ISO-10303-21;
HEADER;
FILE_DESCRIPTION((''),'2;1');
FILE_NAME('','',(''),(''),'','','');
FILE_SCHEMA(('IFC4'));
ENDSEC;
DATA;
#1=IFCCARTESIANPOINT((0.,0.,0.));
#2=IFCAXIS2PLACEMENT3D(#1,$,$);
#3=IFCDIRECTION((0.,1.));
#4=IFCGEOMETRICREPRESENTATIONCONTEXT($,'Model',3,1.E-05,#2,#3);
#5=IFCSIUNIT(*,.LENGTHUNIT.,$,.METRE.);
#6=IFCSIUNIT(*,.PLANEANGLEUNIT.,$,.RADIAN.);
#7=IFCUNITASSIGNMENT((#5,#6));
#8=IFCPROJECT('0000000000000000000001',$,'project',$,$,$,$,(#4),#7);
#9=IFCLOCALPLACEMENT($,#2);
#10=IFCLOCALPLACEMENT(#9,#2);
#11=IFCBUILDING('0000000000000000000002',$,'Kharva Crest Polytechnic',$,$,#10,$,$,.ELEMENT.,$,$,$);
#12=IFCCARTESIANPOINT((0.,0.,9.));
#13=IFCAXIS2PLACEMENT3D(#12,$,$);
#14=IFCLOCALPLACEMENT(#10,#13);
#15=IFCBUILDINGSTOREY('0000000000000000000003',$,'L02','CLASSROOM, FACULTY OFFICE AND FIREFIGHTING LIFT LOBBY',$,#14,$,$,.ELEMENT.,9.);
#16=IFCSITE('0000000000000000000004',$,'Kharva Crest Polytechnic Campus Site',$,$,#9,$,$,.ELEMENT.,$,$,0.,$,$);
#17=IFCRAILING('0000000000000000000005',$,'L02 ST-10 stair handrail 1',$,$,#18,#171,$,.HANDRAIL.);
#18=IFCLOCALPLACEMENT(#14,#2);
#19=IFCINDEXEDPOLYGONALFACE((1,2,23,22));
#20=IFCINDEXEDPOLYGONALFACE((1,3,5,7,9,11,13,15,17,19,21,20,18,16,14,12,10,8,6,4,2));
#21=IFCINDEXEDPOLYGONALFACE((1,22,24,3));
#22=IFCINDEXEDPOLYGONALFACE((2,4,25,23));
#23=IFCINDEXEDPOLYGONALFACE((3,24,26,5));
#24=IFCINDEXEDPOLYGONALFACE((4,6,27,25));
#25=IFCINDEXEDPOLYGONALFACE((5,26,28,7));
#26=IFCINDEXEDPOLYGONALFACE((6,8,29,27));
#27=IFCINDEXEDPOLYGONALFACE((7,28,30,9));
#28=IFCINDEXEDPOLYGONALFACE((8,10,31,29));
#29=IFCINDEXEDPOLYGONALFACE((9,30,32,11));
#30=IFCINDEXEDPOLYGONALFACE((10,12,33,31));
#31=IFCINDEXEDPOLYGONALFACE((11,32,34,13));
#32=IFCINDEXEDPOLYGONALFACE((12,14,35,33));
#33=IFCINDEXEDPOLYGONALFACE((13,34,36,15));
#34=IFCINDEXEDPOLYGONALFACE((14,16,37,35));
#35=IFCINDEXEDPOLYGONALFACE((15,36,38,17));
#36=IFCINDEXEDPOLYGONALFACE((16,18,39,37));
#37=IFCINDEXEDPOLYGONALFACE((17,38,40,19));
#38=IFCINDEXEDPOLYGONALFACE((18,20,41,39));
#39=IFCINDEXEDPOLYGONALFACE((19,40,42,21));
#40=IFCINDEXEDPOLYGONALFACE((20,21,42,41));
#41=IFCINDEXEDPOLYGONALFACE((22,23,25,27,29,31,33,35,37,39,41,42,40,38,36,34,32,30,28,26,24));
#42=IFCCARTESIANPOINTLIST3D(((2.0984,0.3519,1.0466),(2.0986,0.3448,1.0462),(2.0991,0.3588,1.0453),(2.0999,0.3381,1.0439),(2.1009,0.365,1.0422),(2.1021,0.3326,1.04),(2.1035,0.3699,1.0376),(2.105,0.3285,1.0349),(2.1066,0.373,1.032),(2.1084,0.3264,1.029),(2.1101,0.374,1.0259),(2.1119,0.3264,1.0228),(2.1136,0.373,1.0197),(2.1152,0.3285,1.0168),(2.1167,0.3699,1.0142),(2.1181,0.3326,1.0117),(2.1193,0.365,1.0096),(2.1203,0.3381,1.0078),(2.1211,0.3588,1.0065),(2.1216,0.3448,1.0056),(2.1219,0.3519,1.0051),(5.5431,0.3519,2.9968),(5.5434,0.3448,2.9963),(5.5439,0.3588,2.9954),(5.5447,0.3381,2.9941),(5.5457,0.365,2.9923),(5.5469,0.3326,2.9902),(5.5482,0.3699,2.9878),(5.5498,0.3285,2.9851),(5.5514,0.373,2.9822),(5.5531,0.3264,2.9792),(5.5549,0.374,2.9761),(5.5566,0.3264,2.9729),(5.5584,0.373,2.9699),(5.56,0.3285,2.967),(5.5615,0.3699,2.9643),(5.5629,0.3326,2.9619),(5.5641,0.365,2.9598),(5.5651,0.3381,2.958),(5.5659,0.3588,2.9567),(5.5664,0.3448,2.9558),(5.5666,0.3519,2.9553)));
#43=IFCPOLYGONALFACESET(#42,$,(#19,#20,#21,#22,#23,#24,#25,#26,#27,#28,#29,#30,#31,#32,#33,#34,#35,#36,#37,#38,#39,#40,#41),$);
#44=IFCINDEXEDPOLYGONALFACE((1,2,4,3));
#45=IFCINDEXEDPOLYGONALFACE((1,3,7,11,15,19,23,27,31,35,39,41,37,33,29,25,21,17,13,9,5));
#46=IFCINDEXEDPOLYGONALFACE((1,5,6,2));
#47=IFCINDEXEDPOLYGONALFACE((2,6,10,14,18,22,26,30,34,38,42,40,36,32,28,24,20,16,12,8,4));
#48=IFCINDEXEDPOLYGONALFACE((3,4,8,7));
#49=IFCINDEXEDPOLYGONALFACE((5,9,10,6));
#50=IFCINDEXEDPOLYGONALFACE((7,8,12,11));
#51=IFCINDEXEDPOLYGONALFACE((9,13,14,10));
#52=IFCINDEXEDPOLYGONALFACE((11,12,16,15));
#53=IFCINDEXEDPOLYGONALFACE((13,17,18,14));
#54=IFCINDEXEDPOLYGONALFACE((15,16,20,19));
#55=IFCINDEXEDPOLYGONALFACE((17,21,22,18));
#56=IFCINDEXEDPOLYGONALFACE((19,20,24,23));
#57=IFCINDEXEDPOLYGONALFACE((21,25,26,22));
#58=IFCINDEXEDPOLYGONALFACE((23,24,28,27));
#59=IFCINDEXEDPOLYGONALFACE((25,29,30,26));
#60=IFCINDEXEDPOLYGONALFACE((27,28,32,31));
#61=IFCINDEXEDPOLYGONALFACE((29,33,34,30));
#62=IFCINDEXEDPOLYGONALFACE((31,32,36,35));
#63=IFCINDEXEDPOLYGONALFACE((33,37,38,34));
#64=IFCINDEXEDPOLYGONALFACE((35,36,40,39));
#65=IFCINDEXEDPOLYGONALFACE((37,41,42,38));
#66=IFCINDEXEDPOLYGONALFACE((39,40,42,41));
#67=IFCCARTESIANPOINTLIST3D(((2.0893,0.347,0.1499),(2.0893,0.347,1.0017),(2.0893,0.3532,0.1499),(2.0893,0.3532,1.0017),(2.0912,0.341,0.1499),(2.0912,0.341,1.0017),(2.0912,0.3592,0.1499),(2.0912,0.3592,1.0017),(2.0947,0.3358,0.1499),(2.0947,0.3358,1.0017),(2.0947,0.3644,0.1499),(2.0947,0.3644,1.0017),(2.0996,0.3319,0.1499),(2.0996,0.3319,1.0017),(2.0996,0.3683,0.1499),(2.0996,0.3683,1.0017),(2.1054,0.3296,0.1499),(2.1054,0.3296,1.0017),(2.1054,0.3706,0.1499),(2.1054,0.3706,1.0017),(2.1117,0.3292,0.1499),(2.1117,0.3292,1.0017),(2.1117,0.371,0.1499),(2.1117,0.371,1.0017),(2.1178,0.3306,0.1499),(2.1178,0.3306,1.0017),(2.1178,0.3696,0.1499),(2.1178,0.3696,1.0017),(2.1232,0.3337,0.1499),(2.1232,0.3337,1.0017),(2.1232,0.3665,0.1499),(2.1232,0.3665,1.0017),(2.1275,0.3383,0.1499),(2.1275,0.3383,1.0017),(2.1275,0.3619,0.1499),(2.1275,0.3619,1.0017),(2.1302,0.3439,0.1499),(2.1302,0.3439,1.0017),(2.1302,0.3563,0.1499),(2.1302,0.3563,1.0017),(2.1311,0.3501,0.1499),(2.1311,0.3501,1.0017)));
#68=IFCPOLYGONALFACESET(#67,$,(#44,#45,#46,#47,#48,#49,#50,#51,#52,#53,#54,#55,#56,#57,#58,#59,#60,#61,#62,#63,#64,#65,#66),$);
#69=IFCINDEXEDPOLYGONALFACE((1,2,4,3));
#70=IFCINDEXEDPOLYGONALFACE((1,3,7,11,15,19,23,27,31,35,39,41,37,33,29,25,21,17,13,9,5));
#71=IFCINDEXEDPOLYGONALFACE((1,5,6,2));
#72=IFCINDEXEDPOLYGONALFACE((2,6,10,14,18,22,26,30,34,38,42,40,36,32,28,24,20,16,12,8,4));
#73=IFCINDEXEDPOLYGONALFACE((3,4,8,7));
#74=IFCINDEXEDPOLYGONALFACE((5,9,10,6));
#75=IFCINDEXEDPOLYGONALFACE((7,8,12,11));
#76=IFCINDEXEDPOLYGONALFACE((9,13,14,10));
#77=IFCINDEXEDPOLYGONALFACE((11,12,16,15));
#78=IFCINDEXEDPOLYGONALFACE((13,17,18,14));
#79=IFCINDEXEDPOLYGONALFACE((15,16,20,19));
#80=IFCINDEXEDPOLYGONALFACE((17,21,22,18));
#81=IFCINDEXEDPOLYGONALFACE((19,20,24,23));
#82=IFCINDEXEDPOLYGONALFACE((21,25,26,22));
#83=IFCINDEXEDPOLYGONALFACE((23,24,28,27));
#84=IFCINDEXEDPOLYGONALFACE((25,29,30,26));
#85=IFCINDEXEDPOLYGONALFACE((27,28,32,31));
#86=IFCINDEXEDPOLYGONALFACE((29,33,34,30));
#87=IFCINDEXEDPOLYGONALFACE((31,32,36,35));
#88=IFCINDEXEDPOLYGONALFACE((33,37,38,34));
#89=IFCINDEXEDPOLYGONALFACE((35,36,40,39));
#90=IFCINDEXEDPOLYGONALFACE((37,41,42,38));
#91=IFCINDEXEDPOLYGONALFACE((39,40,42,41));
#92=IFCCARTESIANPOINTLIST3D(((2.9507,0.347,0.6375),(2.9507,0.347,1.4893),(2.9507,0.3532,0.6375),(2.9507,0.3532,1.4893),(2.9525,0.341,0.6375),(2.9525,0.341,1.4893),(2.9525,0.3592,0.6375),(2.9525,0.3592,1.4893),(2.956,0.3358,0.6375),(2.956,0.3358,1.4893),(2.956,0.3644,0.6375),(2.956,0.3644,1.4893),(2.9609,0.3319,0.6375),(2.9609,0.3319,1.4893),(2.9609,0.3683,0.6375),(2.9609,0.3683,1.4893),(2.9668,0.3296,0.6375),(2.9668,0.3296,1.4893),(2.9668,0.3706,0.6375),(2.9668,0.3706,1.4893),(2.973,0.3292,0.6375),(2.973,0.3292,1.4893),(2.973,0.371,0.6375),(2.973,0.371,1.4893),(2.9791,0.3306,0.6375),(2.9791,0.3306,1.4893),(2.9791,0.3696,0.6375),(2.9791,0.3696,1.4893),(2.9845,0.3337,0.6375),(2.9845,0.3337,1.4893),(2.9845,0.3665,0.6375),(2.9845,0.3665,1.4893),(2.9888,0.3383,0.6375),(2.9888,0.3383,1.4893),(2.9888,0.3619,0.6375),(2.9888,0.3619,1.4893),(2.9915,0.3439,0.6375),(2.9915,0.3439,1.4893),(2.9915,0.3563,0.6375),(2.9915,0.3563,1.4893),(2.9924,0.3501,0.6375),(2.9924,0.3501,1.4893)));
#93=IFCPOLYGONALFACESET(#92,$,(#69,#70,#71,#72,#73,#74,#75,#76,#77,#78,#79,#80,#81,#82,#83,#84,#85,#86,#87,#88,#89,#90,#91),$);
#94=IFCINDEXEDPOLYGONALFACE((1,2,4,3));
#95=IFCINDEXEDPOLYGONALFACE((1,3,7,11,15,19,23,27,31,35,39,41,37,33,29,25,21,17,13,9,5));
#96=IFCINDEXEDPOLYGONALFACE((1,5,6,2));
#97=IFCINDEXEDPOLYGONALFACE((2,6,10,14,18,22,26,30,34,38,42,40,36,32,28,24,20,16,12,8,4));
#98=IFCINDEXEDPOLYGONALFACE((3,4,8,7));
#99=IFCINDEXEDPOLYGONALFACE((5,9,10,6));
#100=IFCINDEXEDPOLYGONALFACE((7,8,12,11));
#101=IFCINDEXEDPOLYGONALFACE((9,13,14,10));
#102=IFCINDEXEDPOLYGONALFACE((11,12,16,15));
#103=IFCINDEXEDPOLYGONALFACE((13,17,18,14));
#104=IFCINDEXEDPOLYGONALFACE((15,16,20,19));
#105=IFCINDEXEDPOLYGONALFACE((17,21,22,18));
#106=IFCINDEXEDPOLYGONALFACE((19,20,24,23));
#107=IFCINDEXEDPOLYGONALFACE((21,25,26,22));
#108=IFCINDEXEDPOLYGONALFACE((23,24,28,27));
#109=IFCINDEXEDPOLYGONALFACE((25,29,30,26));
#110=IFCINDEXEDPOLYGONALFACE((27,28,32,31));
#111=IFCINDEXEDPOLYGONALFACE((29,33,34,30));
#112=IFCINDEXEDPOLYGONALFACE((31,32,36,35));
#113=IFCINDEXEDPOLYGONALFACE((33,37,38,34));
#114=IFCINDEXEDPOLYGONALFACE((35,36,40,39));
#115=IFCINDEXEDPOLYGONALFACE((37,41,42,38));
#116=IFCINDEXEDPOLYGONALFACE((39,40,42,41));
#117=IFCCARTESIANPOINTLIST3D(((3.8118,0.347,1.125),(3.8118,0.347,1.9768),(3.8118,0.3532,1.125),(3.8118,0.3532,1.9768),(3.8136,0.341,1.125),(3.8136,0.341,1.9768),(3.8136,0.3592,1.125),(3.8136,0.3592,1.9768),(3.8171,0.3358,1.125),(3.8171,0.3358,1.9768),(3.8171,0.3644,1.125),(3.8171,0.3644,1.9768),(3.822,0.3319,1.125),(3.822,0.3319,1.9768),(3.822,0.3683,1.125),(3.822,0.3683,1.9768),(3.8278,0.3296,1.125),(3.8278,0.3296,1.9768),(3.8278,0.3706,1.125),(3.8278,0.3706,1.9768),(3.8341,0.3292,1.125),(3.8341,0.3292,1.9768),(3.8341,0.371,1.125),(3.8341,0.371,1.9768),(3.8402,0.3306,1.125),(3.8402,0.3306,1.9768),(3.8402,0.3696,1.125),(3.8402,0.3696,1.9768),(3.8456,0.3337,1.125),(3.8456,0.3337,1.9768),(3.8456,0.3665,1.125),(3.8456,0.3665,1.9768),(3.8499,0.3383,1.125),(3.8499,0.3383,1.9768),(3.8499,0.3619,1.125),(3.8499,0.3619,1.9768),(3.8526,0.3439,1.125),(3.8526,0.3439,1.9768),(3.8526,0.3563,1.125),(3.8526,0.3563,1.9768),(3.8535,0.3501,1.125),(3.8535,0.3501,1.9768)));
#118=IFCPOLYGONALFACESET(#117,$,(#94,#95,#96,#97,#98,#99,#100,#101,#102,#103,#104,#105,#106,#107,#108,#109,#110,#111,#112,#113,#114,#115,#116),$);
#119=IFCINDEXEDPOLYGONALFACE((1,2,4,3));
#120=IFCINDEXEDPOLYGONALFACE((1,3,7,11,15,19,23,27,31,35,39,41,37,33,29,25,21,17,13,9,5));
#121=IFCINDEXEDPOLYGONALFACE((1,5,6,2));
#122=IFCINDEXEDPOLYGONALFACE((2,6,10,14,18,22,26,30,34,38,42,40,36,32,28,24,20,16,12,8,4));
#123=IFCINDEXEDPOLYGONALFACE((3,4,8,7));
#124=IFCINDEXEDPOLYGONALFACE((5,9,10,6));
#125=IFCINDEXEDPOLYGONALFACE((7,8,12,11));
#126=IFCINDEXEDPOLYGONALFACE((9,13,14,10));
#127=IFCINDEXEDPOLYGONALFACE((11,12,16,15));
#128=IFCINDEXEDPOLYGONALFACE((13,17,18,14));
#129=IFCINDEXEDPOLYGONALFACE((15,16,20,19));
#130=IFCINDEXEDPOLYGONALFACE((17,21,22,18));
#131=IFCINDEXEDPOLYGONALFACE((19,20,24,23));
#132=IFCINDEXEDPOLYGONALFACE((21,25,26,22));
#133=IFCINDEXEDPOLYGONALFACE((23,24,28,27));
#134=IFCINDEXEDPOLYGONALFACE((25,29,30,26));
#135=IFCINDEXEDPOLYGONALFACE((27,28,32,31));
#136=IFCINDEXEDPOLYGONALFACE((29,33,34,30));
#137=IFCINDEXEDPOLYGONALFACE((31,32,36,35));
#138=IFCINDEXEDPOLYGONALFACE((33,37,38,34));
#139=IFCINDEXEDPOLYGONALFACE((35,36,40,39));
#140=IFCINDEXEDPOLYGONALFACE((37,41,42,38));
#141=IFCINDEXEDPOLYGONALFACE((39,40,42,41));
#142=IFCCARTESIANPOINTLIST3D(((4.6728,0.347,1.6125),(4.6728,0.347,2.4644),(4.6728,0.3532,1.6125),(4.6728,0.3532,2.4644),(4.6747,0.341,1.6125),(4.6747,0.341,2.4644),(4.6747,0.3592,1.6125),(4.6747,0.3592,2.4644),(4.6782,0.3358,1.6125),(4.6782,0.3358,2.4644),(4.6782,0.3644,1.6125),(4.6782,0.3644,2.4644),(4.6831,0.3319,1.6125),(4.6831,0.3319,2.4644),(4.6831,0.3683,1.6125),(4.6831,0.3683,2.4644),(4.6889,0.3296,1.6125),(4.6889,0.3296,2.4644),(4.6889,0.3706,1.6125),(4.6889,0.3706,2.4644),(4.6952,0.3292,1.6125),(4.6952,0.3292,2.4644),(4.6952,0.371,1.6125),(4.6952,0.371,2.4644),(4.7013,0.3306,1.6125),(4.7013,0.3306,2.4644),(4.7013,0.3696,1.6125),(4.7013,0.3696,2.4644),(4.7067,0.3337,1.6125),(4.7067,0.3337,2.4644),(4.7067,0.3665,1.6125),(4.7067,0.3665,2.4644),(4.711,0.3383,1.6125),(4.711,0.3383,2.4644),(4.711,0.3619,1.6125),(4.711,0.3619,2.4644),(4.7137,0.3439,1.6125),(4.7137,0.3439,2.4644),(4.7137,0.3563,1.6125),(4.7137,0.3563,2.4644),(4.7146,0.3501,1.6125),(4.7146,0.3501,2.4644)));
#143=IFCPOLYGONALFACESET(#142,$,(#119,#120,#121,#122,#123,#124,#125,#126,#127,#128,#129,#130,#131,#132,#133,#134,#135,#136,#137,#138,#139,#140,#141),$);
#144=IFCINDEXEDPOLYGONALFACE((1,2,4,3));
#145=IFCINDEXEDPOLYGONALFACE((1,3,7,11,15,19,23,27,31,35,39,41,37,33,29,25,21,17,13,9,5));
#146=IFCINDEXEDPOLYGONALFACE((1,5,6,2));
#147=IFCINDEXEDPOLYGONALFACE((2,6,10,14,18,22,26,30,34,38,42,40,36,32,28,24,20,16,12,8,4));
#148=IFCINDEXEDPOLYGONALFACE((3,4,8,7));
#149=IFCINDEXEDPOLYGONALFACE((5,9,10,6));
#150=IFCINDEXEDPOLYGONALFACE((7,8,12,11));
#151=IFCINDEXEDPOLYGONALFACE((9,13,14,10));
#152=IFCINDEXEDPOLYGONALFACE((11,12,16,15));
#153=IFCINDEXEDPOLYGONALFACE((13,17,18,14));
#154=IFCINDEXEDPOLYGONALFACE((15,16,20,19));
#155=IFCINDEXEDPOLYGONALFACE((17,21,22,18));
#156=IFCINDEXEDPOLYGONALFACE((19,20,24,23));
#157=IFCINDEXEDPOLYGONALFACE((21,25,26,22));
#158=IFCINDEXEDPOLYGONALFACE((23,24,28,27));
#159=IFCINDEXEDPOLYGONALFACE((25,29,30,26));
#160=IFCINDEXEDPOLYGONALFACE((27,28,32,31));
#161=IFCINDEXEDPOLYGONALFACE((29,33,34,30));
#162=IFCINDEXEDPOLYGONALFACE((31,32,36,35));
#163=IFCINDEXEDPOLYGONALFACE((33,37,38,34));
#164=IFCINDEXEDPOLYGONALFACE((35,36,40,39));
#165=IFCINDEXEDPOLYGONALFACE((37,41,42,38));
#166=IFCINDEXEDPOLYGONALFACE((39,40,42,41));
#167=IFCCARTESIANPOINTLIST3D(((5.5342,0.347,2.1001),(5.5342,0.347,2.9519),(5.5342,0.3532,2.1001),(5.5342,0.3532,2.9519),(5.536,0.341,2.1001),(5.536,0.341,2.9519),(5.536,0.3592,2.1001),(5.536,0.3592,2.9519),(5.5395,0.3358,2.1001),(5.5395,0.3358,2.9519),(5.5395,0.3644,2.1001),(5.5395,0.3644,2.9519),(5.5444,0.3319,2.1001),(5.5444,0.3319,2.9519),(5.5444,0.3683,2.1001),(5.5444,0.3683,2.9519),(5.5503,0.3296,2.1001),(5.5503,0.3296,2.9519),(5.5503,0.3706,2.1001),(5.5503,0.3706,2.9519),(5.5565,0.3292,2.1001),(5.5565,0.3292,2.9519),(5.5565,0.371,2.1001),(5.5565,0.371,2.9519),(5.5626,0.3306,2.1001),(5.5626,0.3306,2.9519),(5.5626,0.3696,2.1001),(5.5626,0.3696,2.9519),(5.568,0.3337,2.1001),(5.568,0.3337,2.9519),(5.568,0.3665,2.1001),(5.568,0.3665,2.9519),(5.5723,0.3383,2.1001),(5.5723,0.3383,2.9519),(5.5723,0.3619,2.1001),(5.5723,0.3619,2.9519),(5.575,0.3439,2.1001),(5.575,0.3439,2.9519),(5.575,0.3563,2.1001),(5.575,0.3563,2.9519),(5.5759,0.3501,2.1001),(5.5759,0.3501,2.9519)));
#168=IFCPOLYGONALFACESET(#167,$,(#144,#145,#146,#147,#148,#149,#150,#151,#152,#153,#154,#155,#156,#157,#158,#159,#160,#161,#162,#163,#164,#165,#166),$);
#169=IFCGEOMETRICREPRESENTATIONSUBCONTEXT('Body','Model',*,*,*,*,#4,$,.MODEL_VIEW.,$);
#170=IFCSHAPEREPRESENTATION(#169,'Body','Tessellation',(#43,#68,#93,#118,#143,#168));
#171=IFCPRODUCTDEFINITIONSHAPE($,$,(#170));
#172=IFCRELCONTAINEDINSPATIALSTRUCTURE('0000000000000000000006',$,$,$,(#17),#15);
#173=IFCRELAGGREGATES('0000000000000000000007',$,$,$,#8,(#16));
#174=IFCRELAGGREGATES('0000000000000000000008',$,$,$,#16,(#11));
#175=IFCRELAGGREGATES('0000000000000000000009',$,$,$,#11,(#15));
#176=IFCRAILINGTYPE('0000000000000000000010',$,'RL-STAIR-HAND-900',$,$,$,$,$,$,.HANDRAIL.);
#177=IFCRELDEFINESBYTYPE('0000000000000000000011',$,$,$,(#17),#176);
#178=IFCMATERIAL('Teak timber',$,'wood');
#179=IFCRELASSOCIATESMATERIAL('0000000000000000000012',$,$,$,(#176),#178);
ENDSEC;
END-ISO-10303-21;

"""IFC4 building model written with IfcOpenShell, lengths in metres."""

from ifc_helpers import new_model, si_unit, direction, frame, origin, origin_2d, place, context, subcontext, project, spatial, circle, extrude, material, type_object, element, save


model = new_model("IFC4")

# Units and contexts
model_context = context("Model", 3, precision=1e-05, world=origin(), true_north=direction((0.0, 1.0)))
body_context = subcontext(model_context, "Body", "Model", "MODEL_VIEW")
ifc_project = project(units=[si_unit("LENGTHUNIT", "METRE"), si_unit("PLANEANGLEUNIT", "RADIAN")], contexts=[model_context])

# Site, building, storey
site_placement = place(None, origin())
site = spatial("IfcSite", under=ifc_project, at=site_placement, Name="Kharva Crest Polytechnic Campus Site", CompositionType="ELEMENT", RefElevation=0.0)
building_placement = place(site_placement, origin())
building = spatial("IfcBuilding", under=site, at=building_placement, Name="Kharva Crest Polytechnic", CompositionType="ELEMENT")
storey_placement = place(building_placement, frame((0.0, 0.0, 9.0)))
storey = spatial("IfcBuildingStorey", under=building, at=storey_placement, Name="L02", Description="CLASSROOM, FACULTY OFFICE AND FIREFIGHTING LIFT LOBBY", CompositionType="ELEMENT", Elevation=9.0)

# Shared definitions
ifc_material_1 = material(Name="Teak timber", Category="wood")

# Railing
railing_type_1 = type_object("IfcRailingType", Name="RL-STAIR-HAND-900", PredefinedType="HANDRAIL", material=ifc_material_1)
railing_1_placement = place(storey_placement, frame((2.1101, 0.3501, 0.1499)))
element("IfcRailing", 1, at=railing_1_placement, inside=storey, type_object=railing_type_1, Name="L02 ST-10 stair handrail 1", PredefinedType="HANDRAIL", context=body_context, shape_type="SweptSolid", body=[
    extrude(circle(Radius=0.0239, at=origin_2d()), frame((0.0, 0.0, 0.876), z_axis=(0.870225, 0.0, 0.492655), x_axis=(0.0, 1.0, 0.0)), (0.0, 0.0, 1.0), 3.9585),
    extrude(circle(Radius=0.021, at=origin_2d()), origin(), (0.0, 0.0, 1.0), 0.8518),
    extrude(circle(Radius=0.021, at=origin_2d()), frame((0.8613, 0.0, 0.4875)), (0.0, 0.0, 1.0), 0.8518),
    extrude(circle(Radius=0.021, at=origin_2d()), frame((1.7224, 0.0, 0.9751)), (0.0, 0.0, 1.0), 0.8518),
    extrude(circle(Radius=0.021, at=origin_2d()), frame((2.5835, 0.0, 1.4626)), (0.0, 0.0, 1.0), 0.8518),
    extrude(circle(Radius=0.021, at=origin_2d()), frame((3.4448, 0.0, 1.9502)), (0.0, 0.0, 1.0), 0.8518),
])

save(model, "model.ifc")
